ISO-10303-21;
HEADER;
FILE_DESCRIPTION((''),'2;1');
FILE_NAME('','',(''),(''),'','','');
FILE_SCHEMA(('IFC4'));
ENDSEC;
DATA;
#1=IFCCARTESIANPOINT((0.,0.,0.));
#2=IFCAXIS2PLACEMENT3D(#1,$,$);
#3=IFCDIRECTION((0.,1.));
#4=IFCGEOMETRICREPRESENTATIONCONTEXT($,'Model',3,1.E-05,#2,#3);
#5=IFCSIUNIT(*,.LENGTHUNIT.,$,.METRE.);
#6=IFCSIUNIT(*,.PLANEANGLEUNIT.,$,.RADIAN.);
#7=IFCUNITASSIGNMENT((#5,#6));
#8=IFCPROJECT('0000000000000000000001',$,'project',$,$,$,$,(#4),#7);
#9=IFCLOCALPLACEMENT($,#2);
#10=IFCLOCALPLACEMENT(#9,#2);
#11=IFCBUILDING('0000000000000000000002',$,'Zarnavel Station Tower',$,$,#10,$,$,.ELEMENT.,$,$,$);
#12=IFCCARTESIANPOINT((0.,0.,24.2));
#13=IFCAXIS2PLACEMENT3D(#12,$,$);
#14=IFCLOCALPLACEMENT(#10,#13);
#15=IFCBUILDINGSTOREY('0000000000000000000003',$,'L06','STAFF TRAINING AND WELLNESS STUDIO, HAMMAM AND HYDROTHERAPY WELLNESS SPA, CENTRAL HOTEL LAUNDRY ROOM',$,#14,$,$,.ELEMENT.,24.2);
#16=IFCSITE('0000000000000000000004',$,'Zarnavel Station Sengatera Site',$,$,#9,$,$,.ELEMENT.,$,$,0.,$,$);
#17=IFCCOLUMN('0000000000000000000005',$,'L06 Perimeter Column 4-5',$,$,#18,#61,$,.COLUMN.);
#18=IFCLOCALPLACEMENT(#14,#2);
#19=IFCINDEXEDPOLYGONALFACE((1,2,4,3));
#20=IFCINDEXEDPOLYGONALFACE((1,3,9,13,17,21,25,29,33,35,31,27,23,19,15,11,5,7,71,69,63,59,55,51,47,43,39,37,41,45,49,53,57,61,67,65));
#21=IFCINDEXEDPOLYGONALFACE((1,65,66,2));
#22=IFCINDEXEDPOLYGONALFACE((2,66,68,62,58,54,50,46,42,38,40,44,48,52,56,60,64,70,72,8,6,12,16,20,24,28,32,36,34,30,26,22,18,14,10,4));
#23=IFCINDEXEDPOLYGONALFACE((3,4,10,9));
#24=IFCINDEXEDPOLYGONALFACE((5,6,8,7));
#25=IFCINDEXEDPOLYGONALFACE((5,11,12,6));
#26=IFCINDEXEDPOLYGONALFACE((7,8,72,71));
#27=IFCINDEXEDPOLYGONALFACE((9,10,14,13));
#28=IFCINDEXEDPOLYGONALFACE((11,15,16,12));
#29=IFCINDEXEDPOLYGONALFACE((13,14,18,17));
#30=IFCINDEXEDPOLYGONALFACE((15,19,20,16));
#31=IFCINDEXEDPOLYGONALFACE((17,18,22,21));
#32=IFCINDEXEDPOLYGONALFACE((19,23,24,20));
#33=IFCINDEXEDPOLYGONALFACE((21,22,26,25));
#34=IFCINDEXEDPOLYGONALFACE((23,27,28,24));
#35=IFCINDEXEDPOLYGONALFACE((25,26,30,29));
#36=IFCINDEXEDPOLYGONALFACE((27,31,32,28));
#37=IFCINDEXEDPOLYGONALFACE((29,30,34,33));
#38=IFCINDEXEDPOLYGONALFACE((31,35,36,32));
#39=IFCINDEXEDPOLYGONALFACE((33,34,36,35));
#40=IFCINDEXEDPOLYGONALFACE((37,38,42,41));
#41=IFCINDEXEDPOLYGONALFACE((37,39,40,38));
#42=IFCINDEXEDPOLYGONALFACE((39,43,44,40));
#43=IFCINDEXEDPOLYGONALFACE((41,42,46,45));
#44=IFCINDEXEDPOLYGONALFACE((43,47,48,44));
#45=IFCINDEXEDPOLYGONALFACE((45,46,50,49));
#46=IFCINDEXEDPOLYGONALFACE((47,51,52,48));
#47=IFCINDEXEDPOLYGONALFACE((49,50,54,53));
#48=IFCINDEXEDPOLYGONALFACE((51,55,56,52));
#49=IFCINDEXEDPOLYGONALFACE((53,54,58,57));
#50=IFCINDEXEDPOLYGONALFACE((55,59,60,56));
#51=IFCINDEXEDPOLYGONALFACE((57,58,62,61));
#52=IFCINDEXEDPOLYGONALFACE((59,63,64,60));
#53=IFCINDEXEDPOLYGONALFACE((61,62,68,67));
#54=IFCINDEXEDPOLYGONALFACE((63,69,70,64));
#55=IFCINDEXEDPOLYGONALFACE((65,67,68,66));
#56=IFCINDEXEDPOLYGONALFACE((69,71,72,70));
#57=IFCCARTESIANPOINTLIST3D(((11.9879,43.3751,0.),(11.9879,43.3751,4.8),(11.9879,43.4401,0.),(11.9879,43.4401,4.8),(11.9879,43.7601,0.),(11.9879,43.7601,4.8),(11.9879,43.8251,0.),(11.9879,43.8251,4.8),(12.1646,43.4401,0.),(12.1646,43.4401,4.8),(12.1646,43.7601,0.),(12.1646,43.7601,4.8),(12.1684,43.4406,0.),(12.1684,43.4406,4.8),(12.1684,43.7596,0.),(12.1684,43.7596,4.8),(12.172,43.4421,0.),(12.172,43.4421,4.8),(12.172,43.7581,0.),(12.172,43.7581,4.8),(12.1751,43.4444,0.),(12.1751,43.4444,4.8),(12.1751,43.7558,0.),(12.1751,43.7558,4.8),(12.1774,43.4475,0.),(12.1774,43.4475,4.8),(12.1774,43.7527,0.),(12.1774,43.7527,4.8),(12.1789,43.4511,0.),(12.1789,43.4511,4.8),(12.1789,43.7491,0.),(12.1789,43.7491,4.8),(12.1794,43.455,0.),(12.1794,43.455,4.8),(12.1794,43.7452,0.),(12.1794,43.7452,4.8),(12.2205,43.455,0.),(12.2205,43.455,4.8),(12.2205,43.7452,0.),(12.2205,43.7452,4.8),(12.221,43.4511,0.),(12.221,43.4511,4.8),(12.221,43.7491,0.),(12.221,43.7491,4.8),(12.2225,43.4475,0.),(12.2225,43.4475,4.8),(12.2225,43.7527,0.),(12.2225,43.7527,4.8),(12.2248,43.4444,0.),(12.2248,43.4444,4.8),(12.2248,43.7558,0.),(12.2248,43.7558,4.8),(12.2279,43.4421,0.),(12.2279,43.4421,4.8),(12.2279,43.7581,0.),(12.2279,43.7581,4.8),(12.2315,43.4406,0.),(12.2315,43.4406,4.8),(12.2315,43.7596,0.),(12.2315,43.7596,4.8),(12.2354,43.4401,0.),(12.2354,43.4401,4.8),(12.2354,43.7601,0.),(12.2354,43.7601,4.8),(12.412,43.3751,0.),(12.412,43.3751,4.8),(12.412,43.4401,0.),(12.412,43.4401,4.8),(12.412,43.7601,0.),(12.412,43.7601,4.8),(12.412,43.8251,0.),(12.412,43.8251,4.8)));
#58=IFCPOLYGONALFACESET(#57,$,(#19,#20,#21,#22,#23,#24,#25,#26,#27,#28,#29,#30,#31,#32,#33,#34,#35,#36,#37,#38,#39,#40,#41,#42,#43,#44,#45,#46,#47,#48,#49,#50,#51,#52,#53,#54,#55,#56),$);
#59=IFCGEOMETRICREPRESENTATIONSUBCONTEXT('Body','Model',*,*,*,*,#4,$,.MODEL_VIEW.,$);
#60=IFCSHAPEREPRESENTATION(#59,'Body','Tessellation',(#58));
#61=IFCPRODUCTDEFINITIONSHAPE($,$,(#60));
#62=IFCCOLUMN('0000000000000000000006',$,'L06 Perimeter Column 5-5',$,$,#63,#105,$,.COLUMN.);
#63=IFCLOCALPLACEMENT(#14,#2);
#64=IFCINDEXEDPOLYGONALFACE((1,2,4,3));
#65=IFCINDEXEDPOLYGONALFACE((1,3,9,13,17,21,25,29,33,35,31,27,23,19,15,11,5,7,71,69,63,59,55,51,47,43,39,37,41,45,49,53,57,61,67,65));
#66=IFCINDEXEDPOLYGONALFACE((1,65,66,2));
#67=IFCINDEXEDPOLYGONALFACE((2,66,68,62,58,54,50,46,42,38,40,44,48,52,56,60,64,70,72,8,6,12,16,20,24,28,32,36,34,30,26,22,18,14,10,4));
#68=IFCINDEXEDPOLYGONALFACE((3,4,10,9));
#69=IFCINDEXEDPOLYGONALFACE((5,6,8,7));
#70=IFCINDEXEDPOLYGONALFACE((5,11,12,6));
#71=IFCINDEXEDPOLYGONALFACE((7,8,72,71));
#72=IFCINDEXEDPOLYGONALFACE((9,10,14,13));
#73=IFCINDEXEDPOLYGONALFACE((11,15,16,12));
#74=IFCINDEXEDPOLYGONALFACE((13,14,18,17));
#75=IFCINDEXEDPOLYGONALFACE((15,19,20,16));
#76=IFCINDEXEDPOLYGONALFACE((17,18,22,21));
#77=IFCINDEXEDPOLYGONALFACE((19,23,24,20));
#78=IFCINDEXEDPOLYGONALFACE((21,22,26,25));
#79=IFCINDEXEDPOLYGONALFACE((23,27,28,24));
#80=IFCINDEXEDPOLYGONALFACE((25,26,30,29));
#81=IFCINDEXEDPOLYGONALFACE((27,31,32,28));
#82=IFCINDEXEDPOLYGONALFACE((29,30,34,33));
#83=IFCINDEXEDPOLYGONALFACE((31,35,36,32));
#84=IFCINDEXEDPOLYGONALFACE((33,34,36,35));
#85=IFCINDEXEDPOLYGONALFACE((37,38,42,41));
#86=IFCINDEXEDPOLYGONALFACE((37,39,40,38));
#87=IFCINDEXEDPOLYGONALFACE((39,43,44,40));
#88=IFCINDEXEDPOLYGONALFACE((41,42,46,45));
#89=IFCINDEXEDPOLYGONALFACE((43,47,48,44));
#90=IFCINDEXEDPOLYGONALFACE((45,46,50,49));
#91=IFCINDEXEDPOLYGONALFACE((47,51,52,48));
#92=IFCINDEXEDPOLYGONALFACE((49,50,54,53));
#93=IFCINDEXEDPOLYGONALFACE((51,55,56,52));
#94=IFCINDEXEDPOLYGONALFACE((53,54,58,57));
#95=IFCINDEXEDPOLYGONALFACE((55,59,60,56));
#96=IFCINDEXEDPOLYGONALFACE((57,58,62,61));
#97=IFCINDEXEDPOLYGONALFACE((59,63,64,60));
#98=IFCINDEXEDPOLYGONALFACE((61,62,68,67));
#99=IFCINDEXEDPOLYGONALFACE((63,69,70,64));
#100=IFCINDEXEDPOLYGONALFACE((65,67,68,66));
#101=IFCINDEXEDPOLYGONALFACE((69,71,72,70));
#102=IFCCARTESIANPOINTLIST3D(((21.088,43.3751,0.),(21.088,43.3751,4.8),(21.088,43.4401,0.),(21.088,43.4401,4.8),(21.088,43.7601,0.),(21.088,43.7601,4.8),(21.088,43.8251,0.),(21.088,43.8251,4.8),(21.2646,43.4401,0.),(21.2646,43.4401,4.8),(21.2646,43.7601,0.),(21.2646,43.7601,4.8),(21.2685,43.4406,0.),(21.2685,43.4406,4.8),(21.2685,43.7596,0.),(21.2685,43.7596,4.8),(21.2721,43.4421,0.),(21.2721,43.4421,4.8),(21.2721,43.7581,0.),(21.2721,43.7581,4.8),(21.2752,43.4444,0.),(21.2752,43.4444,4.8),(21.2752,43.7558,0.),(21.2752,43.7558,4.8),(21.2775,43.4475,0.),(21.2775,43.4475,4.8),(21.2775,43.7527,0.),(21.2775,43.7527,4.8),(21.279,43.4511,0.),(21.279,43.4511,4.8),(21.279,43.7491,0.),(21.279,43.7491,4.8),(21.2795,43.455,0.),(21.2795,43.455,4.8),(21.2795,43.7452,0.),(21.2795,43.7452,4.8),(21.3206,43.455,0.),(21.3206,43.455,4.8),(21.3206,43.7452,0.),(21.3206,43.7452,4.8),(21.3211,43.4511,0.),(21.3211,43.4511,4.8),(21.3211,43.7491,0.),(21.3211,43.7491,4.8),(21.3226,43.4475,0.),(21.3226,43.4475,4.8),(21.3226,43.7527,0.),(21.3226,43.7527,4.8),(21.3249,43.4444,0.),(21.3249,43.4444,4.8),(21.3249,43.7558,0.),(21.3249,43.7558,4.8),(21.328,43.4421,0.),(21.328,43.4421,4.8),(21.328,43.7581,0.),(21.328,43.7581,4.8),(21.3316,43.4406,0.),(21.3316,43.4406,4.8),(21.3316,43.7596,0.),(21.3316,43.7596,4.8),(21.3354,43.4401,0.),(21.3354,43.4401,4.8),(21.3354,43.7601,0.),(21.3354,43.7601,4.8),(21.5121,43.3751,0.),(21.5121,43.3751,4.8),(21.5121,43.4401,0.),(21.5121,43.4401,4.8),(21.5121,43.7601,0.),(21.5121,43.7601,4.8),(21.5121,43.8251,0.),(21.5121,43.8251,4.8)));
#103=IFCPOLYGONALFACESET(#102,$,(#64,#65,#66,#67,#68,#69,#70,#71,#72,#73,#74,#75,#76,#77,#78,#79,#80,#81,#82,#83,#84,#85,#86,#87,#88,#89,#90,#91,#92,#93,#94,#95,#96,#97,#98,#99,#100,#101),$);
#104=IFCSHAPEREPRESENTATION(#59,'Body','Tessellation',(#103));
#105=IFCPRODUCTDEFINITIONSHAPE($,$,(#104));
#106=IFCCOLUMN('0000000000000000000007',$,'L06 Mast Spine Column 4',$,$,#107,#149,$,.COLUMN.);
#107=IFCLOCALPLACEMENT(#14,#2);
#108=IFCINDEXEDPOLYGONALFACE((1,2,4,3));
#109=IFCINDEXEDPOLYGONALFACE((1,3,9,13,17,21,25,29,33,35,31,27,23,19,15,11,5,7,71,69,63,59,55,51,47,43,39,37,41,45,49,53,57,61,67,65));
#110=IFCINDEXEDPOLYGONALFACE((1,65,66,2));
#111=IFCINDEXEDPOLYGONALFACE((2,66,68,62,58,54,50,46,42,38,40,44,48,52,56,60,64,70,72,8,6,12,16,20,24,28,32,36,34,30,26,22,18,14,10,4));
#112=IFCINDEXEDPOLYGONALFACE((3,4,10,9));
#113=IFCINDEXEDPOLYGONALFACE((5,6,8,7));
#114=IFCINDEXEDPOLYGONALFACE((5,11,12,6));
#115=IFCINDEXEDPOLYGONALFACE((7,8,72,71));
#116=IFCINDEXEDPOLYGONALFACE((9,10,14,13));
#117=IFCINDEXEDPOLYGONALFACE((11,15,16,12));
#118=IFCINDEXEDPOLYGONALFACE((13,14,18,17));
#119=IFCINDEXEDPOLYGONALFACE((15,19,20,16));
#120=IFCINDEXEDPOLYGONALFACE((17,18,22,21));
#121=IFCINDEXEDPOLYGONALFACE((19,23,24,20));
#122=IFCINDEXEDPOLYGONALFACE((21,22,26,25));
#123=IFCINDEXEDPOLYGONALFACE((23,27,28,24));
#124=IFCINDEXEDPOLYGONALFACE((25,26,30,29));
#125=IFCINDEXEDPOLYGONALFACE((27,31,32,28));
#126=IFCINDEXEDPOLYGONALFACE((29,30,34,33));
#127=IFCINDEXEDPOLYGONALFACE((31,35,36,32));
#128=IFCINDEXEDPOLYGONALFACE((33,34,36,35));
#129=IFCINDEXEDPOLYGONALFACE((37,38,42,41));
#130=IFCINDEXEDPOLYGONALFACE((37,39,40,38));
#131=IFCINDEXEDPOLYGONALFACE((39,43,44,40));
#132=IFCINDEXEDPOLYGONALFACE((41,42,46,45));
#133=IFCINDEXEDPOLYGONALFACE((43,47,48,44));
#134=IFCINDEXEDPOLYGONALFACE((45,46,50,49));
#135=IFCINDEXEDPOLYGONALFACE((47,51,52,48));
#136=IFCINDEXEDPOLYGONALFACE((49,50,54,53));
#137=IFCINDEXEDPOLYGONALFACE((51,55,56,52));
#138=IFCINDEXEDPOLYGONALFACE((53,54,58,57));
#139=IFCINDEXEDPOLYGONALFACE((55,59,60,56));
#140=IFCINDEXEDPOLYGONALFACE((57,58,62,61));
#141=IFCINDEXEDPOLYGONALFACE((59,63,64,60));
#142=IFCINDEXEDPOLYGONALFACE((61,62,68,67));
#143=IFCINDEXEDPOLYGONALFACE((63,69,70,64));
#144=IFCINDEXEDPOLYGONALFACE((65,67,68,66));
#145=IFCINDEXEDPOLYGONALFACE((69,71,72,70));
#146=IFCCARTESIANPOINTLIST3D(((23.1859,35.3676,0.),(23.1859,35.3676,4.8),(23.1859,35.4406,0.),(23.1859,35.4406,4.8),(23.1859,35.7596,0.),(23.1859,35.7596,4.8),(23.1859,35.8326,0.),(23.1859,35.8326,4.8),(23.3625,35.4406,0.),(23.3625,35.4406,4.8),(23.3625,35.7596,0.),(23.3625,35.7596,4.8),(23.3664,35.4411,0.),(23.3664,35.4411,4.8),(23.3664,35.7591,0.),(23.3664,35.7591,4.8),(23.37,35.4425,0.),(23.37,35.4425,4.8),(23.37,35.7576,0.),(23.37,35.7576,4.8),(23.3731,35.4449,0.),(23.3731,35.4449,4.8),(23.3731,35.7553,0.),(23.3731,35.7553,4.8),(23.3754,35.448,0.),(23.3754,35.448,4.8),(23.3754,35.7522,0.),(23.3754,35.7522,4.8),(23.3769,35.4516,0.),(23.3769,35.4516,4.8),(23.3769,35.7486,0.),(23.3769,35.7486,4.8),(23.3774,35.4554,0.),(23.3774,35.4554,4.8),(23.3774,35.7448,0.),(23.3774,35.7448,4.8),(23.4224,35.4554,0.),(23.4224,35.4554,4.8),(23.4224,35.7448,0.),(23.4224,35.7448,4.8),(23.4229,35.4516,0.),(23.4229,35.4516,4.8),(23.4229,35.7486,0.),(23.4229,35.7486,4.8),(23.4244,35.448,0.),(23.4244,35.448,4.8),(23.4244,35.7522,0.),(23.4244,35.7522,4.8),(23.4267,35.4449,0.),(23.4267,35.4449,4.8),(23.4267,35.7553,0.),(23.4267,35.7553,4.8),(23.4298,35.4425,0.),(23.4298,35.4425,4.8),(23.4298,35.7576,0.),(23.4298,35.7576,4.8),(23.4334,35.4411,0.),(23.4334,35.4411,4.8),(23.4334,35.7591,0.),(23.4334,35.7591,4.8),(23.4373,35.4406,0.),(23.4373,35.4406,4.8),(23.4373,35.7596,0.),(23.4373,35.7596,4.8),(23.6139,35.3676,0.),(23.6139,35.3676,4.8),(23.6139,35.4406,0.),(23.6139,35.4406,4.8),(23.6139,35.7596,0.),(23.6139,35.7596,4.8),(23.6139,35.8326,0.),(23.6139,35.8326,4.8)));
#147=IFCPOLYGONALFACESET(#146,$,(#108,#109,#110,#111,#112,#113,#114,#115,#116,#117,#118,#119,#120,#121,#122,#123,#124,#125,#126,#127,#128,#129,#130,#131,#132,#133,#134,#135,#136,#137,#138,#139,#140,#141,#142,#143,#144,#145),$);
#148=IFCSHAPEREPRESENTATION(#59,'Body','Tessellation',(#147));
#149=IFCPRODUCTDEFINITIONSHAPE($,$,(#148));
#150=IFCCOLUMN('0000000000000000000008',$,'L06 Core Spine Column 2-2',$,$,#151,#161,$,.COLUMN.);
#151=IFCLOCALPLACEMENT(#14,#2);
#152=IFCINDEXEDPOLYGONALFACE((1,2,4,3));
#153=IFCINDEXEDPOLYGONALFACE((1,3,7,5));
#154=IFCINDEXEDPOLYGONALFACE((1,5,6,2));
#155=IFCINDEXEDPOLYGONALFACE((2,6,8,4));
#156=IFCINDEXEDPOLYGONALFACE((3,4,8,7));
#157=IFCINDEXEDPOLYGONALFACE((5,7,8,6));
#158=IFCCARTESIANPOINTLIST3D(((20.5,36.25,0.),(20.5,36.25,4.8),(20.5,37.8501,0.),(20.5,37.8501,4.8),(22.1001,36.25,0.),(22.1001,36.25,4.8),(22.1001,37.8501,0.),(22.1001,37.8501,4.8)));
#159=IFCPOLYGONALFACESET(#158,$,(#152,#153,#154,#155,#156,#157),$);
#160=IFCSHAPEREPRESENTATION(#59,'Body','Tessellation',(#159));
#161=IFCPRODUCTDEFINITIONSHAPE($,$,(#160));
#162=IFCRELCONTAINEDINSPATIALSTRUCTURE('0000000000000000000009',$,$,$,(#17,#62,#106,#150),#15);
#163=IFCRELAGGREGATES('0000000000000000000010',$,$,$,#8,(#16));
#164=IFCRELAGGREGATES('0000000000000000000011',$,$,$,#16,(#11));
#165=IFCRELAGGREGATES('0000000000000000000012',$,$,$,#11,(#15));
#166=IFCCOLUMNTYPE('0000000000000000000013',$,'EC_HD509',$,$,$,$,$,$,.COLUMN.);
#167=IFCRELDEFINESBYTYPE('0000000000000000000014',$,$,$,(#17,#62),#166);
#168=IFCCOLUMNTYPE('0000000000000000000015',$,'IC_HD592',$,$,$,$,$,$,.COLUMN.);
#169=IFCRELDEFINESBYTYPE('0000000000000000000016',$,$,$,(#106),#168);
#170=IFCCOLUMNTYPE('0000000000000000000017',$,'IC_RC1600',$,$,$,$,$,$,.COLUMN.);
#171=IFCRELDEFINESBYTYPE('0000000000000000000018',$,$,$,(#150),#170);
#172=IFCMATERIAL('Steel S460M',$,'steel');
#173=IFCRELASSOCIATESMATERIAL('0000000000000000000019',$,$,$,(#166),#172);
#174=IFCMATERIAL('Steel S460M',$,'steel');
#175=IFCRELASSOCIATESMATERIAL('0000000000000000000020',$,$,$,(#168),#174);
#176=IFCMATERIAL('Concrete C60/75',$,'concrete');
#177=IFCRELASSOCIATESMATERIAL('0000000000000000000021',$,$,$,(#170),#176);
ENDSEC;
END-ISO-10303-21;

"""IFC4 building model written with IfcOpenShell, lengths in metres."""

from ifc_helpers import new_model, si_unit, direction, frame, origin, origin_2d, place, context, subcontext, project, spatial, rectangle, i_section, extrude, material, material_profile, profile_set, type_object, element, save


model = new_model("IFC4")

# Units and contexts
model_context = context("Model", 3, precision=1e-05, world=origin(), true_north=direction((0.0, 1.0)))
body_context = subcontext(model_context, "Body", "Model", "MODEL_VIEW")
ifc_project = project(units=[si_unit("LENGTHUNIT", "METRE"), si_unit("PLANEANGLEUNIT", "RADIAN")], contexts=[model_context])

# Site, building, storey
site_placement = place(None, origin())
site = spatial("IfcSite", under=ifc_project, at=site_placement, Name="Zarnavel Station Sengatera Site", CompositionType="ELEMENT", RefElevation=0.0)
building_placement = place(site_placement, origin())
building = spatial("IfcBuilding", under=site, at=building_placement, Name="Zarnavel Station Tower", CompositionType="ELEMENT")
storey_placement = place(building_placement, frame((0.0, 0.0, 24.2)))
storey = spatial("IfcBuildingStorey", under=building, at=storey_placement, Name="L06", Description="STAFF TRAINING AND WELLNESS STUDIO, HAMMAM AND HYDROTHERAPY WELLNESS SPA, CENTRAL HOTEL LAUNDRY ROOM", CompositionType="ELEMENT", Elevation=24.2)

# Columns
ifc_material_1 = material(Name="Steel S460M", Category="steel")
ifc_material_profile_1 = material_profile(ifc_material_1, i_section(OverallWidth=0.4241, OverallDepth=0.45, WebThickness=0.041, FlangeThickness=0.0649, FilletRadius=0.0149, at=origin_2d()), Name="HD400x509")
ifc_profile_set_1 = profile_set([ifc_material_profile_1], Name="Steel S460M")
column_type_1 = type_object("IfcColumnType", Name="EC_HD509", PredefinedType="COLUMN", material=ifc_profile_set_1)
for number, where, z_axis, x_axis, name in (
    (1, (12.2, 43.6001, 0.0), (0.0, 0.0, 1.0), (1.0, 0.0, 0.0), "L06 Perimeter Column 4-5"),
    (2, (21.3, 43.6001, 0.0), (0.0, 0.0, 1.0), (1.0, 0.0, 0.0), "L06 Perimeter Column 5-5"),
):
    element("IfcColumn", number, at=place(storey_placement, frame(where, z_axis=z_axis, x_axis=x_axis)), inside=storey, type_object=column_type_1, Name=name, PredefinedType="COLUMN", context=body_context, shape_type="SweptSolid", body=[
        extrude(i_section(OverallWidth=0.4241, OverallDepth=0.45, WebThickness=0.041, FlangeThickness=0.0649, FilletRadius=0.0149, at=origin_2d()), origin(), (0.0, 0.0, 1.0), 4.8),
    ])
ifc_material_2 = material(Name="Steel S460M", Category="steel")
ifc_material_profile_2 = material_profile(ifc_material_2, i_section(OverallWidth=0.428, OverallDepth=0.4651, WebThickness=0.0449, FlangeThickness=0.073, FilletRadius=0.0149, at=origin_2d()), Name="HD400x592")
ifc_profile_set_2 = profile_set([ifc_material_profile_2], Name="Steel S460M")
column_type_2 = type_object("IfcColumnType", Name="IC_HD592", PredefinedType="COLUMN", material=ifc_profile_set_2)
column_1_placement = place(storey_placement, frame((23.3999, 35.6001, 0.0), z_axis=(0.0, 0.0, 1.0), x_axis=(1.0, 0.0, 0.0)))
element("IfcColumn", 3, at=column_1_placement, inside=storey, type_object=column_type_2, Name="L06 Mast Spine Column 4", PredefinedType="COLUMN", context=body_context, shape_type="SweptSolid", body=[
    extrude(i_section(OverallWidth=0.428, OverallDepth=0.4651, WebThickness=0.0449, FlangeThickness=0.073, FilletRadius=0.0149, at=origin_2d()), origin(), (0.0, 0.0, 1.0), 4.8),
])
ifc_material_3 = material(Name="Concrete C60/75", Category="concrete")
ifc_material_profile_3 = material_profile(ifc_material_3, rectangle(XDim=1.6001, YDim=1.6001, at=origin_2d()), Name="RC1600x1600")
ifc_profile_set_3 = profile_set([ifc_material_profile_3], Name="Concrete C60/75")
column_type_3 = type_object("IfcColumnType", Name="IC_RC1600", PredefinedType="COLUMN", material=ifc_profile_set_3)
column_2_placement = place(storey_placement, frame((21.3, 37.05, 0.0), z_axis=(0.0, 0.0, 1.0), x_axis=(1.0, 0.0, 0.0)))
element("IfcColumn", 4, at=column_2_placement, inside=storey, type_object=column_type_3, Name="L06 Core Spine Column 2-2", PredefinedType="COLUMN", context=body_context, shape_type="SweptSolid", body=[
    extrude(rectangle(XDim=1.6001, YDim=1.6001, at=origin_2d()), origin(), (0.0, 0.0, 1.0), 4.8),
])

save(model, "model.ifc")
